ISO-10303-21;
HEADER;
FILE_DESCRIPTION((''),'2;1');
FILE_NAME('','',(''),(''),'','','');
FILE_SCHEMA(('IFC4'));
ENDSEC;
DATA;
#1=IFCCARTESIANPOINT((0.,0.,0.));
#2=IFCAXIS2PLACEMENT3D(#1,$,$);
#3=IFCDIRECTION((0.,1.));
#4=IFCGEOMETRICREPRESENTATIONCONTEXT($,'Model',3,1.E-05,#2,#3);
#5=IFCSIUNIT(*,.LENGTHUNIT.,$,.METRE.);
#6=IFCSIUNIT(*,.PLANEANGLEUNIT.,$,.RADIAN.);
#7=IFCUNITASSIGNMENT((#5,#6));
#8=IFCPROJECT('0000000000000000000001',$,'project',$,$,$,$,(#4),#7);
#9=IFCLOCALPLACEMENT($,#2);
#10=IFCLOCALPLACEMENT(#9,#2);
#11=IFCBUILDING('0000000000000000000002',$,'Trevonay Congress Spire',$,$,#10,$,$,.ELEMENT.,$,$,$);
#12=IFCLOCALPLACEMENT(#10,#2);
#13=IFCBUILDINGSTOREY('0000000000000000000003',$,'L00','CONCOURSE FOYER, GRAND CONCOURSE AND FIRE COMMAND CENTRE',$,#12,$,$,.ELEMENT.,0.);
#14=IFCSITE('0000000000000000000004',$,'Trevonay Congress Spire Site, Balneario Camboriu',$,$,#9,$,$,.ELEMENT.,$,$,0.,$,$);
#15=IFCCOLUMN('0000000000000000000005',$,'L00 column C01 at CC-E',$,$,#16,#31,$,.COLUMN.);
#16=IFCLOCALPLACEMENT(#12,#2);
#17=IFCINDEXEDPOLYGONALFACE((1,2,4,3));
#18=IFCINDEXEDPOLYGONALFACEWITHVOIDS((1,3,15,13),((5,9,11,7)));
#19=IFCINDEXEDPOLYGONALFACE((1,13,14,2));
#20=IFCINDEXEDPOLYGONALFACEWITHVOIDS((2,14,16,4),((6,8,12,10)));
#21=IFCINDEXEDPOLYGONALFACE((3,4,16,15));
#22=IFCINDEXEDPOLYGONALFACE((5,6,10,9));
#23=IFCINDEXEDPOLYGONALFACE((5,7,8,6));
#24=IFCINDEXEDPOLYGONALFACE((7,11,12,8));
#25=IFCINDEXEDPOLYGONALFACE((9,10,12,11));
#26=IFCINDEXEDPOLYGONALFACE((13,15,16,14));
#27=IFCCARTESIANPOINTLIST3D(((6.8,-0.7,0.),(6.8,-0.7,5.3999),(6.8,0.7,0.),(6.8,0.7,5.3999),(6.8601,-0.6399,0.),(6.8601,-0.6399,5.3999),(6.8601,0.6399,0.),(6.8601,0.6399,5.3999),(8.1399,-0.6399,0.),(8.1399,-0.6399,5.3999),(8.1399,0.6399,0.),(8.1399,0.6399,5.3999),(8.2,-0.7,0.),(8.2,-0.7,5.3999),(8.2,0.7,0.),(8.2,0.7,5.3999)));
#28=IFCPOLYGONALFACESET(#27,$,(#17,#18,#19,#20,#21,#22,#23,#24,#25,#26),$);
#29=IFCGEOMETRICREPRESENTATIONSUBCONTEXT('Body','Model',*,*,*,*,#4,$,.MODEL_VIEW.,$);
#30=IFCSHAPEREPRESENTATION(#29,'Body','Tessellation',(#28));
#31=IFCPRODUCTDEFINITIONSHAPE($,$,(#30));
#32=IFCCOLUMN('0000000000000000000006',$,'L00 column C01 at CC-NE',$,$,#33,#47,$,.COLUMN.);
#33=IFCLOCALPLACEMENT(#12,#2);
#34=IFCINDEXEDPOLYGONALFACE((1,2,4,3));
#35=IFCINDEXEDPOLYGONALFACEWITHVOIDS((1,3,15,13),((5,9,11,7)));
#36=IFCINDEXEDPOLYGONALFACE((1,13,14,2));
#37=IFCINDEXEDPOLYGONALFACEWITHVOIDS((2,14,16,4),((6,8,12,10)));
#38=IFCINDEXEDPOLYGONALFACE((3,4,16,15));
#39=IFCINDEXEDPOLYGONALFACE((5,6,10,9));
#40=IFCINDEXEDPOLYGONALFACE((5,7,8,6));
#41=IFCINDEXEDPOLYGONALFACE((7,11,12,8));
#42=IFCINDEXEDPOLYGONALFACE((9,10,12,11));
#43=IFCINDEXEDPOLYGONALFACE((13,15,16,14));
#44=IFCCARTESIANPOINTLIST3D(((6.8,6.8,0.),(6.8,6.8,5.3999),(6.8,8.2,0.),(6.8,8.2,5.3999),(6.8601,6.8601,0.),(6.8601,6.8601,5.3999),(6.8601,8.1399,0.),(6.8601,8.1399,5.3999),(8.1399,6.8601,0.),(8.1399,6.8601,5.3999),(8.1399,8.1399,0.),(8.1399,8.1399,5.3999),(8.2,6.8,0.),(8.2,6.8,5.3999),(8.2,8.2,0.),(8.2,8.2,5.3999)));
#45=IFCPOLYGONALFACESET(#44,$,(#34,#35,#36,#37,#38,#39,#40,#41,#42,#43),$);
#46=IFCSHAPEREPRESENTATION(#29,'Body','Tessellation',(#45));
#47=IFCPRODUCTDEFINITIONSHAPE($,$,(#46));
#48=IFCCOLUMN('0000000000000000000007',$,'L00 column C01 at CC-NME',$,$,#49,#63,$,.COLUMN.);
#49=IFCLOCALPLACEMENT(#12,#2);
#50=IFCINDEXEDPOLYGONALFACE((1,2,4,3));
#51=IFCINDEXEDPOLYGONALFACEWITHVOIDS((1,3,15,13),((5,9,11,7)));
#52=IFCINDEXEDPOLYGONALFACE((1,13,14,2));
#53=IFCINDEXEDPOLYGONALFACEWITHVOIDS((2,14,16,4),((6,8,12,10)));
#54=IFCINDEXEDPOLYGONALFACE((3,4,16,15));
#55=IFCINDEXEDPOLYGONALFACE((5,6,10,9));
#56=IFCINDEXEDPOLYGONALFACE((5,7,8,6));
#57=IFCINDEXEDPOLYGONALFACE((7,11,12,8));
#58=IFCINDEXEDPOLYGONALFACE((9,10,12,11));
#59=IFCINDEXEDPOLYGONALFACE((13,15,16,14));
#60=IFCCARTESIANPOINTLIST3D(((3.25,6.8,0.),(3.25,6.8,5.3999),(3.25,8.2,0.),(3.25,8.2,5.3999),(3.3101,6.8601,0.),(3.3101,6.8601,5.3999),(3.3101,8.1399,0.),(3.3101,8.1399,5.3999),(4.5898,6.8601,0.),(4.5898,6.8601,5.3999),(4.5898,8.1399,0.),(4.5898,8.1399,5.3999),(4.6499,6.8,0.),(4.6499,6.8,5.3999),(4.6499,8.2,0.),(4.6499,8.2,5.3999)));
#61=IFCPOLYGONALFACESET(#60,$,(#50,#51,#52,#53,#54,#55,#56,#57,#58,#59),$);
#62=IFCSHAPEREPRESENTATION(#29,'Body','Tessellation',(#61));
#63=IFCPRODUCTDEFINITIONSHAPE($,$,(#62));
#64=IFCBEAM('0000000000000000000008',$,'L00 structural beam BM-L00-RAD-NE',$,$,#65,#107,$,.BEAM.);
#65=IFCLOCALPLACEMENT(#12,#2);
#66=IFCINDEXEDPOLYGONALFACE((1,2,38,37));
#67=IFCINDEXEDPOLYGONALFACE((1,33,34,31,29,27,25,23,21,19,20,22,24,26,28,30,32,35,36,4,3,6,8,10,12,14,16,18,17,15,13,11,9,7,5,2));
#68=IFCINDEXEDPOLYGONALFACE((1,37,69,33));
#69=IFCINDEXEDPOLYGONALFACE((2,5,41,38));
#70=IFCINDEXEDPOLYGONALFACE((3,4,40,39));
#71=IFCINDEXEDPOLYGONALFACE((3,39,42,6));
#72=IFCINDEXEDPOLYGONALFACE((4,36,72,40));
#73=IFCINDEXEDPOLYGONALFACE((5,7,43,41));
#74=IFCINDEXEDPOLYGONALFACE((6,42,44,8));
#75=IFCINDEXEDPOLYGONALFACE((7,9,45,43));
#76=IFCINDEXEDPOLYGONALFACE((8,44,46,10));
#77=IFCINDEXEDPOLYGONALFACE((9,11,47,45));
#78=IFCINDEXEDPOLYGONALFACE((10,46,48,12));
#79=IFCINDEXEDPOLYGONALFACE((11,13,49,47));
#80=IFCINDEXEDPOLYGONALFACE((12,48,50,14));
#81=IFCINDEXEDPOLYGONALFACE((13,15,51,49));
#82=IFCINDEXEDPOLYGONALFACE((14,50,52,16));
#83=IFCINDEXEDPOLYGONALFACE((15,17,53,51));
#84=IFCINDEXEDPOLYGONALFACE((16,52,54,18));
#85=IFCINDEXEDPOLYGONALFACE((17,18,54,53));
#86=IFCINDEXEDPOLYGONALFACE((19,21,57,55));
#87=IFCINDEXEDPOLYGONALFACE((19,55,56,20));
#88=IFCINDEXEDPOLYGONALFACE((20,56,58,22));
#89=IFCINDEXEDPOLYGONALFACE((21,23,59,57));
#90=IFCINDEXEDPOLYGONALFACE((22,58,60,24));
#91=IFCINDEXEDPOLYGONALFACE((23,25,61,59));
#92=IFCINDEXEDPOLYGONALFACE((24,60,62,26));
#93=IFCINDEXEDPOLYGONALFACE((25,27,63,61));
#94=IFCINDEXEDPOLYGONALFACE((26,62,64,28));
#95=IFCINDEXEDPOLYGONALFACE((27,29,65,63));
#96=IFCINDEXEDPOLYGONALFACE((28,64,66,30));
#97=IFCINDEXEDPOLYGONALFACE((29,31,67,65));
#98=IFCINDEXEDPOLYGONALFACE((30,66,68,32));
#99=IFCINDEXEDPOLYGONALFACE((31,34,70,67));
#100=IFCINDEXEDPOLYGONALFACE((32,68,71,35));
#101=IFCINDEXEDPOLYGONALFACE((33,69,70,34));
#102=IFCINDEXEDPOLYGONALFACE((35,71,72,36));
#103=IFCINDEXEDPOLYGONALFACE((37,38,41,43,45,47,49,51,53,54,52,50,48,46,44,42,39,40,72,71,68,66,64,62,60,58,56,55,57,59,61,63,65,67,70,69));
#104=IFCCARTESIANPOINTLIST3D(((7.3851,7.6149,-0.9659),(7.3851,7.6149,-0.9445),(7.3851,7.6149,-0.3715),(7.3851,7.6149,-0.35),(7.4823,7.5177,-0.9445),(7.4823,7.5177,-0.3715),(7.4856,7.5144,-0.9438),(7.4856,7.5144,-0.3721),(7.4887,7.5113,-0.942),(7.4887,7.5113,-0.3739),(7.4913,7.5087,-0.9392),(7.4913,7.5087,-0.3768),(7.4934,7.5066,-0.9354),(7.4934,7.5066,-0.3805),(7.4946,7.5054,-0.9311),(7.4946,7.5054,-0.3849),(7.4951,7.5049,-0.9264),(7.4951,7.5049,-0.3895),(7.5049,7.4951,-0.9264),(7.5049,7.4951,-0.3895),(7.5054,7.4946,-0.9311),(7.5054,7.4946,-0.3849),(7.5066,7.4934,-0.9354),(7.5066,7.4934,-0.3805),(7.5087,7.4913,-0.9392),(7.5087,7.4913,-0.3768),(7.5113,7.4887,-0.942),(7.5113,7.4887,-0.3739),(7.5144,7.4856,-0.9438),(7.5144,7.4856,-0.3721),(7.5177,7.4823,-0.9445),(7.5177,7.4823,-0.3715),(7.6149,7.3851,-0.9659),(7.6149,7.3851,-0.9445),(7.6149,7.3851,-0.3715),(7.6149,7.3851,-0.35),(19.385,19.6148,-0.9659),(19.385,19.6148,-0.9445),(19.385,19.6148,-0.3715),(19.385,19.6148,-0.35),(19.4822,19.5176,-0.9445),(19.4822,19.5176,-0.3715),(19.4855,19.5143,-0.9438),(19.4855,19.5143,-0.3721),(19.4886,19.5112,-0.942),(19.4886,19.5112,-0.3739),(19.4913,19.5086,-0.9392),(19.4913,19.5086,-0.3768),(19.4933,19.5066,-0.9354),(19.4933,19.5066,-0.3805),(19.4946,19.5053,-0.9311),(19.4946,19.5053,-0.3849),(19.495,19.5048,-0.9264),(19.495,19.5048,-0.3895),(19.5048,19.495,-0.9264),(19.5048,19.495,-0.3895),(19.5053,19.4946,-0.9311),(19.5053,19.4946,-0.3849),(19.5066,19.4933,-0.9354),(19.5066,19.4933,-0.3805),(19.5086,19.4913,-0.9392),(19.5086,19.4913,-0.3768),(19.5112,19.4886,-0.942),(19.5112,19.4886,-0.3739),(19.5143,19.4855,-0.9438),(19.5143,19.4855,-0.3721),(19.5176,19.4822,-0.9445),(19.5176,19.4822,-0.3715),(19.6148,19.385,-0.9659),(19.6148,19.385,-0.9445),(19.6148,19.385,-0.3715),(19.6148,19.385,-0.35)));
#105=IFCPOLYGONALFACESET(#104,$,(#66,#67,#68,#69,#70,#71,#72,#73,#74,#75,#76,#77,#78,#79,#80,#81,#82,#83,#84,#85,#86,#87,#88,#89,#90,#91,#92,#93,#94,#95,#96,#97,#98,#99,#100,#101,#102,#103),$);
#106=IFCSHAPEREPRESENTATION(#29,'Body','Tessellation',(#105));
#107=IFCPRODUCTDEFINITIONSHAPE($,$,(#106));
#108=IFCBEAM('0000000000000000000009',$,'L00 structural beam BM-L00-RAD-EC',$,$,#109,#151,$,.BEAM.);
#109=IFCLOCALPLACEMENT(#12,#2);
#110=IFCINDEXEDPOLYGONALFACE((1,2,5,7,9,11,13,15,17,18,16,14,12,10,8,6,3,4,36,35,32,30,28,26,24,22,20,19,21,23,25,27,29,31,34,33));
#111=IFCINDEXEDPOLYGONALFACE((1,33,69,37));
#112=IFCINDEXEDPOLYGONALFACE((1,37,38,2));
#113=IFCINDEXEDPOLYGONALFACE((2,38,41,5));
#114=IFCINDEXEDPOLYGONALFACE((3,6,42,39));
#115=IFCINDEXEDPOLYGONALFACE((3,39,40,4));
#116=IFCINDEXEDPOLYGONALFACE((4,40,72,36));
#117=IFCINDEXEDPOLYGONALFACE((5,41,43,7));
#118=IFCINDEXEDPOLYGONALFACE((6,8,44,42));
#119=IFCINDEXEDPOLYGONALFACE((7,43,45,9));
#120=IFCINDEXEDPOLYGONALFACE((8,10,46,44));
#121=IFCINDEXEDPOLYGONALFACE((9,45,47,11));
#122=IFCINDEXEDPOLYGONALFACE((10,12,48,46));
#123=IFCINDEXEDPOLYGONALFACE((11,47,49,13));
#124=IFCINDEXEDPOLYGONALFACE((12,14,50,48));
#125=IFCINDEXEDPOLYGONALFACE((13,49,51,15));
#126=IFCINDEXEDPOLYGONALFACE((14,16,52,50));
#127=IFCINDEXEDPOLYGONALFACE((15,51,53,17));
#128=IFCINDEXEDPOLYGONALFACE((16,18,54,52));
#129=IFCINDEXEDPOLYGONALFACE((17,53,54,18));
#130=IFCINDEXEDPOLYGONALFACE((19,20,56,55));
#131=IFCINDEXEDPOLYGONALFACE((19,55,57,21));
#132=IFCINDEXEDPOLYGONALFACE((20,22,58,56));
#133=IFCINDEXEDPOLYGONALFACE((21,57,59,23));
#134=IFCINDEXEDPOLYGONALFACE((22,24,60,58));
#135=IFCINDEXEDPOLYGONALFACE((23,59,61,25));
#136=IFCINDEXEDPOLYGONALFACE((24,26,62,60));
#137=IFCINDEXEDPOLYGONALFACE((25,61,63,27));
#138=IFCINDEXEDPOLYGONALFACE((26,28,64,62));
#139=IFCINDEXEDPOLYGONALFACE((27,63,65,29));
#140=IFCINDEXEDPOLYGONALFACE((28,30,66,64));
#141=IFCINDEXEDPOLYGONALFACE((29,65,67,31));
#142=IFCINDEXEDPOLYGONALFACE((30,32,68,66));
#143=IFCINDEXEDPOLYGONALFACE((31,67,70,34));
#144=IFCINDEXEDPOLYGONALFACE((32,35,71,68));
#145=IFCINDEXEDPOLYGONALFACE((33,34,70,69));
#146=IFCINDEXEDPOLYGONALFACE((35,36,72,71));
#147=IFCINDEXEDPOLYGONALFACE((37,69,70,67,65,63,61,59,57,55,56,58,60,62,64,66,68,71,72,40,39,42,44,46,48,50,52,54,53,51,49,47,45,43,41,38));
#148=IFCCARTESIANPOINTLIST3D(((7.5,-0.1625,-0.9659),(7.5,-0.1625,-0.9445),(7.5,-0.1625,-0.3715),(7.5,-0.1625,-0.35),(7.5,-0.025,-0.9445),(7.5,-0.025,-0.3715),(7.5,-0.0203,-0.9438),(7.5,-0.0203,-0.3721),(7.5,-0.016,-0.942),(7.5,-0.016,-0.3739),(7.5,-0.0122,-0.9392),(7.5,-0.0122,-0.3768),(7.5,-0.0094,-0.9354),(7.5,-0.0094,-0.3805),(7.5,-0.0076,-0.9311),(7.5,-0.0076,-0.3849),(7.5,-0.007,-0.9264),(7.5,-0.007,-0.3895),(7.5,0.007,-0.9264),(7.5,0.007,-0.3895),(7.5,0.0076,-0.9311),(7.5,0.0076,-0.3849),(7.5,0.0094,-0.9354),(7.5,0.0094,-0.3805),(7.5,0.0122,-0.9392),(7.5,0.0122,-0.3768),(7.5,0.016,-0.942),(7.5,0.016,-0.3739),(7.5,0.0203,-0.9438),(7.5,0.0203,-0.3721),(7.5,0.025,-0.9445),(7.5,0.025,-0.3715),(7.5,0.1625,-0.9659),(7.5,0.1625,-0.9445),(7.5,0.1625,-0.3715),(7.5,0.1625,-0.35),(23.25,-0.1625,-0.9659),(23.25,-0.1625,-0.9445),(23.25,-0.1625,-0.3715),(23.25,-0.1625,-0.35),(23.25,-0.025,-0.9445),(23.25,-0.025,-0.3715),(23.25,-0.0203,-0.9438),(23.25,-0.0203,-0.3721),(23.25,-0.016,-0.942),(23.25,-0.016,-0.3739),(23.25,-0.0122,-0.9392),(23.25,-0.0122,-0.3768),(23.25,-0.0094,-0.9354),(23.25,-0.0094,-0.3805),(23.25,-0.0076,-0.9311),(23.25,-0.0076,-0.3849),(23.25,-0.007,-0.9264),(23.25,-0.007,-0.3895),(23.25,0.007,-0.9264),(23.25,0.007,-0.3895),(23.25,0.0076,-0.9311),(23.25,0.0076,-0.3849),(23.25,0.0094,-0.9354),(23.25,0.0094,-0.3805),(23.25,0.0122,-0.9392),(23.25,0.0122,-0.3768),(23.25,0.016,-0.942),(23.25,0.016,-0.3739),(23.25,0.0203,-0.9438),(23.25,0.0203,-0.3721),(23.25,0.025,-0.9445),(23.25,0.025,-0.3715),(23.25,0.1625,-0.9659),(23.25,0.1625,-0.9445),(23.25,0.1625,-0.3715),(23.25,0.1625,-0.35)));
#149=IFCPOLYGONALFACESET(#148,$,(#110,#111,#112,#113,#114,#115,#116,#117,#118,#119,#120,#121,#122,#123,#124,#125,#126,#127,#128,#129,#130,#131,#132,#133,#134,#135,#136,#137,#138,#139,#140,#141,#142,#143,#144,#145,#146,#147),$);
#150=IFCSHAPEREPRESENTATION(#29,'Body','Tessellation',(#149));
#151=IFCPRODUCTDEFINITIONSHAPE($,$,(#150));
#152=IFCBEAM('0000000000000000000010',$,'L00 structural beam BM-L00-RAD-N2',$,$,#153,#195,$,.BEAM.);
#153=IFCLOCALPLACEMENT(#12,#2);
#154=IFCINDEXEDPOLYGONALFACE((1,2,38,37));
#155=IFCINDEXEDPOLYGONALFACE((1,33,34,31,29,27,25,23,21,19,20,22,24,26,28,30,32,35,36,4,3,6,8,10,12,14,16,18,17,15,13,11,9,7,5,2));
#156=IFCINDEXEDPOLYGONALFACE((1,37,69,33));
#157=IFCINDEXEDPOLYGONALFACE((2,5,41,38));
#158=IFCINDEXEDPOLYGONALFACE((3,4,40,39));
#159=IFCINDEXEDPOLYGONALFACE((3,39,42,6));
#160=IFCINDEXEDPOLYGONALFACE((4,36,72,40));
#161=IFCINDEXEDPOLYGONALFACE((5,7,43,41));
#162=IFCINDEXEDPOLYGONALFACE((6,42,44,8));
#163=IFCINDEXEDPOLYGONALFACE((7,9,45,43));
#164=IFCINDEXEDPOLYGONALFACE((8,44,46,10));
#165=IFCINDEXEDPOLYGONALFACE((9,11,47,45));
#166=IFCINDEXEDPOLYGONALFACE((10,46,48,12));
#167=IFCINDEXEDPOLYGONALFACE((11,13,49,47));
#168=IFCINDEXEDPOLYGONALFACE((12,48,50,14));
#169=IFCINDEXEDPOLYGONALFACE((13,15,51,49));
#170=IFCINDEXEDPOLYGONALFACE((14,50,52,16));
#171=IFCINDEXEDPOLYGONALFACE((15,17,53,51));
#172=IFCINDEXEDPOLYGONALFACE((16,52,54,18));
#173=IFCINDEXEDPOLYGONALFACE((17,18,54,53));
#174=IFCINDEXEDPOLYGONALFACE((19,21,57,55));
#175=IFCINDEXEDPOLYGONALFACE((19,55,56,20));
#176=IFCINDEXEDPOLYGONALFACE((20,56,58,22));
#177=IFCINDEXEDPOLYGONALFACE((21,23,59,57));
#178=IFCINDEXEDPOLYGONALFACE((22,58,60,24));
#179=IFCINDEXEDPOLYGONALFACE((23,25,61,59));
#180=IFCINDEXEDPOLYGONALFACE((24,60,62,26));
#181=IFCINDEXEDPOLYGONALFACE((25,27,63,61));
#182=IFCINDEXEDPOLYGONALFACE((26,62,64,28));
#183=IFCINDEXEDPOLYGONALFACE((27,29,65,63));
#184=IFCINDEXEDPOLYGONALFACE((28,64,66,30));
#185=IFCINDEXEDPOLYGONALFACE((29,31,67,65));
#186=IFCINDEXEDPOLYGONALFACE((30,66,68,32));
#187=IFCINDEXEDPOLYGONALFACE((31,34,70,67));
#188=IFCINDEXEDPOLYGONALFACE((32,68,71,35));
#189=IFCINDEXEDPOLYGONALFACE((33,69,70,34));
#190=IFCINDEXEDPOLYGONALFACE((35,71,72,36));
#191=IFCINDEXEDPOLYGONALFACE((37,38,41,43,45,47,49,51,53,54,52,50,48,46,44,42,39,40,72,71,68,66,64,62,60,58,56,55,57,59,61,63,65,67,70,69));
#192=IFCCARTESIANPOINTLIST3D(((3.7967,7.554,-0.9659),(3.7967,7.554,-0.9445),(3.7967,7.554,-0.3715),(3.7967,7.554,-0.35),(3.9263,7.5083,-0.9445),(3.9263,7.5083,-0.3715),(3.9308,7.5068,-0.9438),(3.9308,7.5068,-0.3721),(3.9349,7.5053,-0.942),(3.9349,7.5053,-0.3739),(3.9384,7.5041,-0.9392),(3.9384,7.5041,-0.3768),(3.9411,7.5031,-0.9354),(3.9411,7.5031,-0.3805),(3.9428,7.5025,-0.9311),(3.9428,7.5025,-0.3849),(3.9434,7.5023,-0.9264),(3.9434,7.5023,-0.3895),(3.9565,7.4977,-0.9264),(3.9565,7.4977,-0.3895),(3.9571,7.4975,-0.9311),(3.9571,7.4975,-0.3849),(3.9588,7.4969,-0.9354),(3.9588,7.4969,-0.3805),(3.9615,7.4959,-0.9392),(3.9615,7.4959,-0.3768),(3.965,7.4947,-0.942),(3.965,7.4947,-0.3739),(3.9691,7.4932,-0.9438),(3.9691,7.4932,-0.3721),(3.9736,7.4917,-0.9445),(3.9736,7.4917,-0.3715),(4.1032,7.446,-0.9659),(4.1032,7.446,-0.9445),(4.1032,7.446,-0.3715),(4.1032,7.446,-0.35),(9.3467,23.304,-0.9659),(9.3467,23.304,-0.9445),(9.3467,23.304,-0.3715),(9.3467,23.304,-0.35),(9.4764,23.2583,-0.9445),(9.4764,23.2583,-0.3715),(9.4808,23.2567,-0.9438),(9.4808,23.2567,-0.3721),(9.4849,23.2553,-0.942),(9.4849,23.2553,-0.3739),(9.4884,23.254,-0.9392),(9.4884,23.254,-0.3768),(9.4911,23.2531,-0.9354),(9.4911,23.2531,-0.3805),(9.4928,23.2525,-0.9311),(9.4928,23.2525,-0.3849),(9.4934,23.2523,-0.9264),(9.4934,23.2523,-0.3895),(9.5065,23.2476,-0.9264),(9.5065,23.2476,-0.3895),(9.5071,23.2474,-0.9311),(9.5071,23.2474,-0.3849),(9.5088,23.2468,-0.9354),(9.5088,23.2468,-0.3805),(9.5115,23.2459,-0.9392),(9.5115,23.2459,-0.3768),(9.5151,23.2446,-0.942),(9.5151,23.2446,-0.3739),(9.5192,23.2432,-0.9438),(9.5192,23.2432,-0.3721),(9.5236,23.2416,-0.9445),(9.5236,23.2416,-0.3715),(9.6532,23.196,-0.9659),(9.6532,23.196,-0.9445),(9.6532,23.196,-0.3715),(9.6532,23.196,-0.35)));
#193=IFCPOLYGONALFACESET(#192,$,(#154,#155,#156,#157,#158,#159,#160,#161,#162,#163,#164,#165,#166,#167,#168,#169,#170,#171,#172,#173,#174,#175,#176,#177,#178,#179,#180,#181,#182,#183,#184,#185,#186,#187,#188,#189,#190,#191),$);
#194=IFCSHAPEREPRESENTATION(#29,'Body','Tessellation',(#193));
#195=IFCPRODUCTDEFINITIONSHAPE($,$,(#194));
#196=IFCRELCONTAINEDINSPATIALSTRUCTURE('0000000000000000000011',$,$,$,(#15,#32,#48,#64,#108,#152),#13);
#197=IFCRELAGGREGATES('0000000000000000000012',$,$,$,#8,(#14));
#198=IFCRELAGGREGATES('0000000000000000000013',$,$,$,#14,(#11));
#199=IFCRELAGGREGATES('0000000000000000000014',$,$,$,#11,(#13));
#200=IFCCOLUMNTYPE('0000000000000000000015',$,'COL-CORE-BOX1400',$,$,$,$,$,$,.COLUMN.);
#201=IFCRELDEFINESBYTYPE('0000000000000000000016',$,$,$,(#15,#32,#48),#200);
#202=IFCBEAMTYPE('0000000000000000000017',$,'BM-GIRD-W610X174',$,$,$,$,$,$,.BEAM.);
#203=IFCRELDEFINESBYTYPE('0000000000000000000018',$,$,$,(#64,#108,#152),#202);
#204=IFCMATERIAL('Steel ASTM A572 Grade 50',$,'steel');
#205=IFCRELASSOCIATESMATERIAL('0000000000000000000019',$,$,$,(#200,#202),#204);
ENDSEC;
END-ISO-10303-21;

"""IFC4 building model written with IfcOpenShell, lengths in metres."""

from ifc_helpers import new_model, si_unit, direction, frame, origin, origin_2d, place, context, subcontext, project, spatial, hollow_rectangle, i_section, extrude, material, material_profile, profile_set, type_object, element, save


model = new_model("IFC4")

# Units and contexts
model_context = context("Model", 3, precision=1e-05, world=origin(), true_north=direction((0.0, 1.0)))
body_context = subcontext(model_context, "Body", "Model", "MODEL_VIEW")
ifc_project = project(units=[si_unit("LENGTHUNIT", "METRE"), si_unit("PLANEANGLEUNIT", "RADIAN")], contexts=[model_context])

# Site, building, storey
site_placement = place(None, origin())
site = spatial("IfcSite", under=ifc_project, at=site_placement, Name="Trevonay Congress Spire Site, Balneario Camboriu", CompositionType="ELEMENT", RefElevation=0.0)
building_placement = place(site_placement, origin())
building = spatial("IfcBuilding", under=site, at=building_placement, Name="Trevonay Congress Spire", CompositionType="ELEMENT")
storey_placement = place(building_placement, origin())
storey = spatial("IfcBuildingStorey", under=building, at=storey_placement, Name="L00", Description="CONCOURSE FOYER, GRAND CONCOURSE AND FIRE COMMAND CENTRE", CompositionType="ELEMENT", Elevation=0.0)

# Columns
ifc_material_1 = material(Name="Steel ASTM A572 Grade 50", Category="steel")
ifc_material_profile_1 = material_profile(ifc_material_1, hollow_rectangle(XDim=1.3999, YDim=1.3999, WallThickness=0.0601, at=origin_2d()), Name="BOX 1400x1400x60")
ifc_profile_set_1 = profile_set([ifc_material_profile_1], Name="Steel ASTM A572 Grade 50")
column_type = type_object("IfcColumnType", Name="COL-CORE-BOX1400", PredefinedType="COLUMN", material=ifc_profile_set_1)
for number, where, z_axis, x_axis, name in (
    (1, (7.5, 0.0, 0.0), (0.0, 0.0, 1.0), (1.0, 0.0, 0.0), "L00 column C01 at CC-E"),
    (2, (7.5, 7.5, 0.0), (0.0, 0.0, 1.0), (1.0, 0.0, 0.0), "L00 column C01 at CC-NE"),
    (3, (3.95, 7.5, 0.0), (0.0, 0.0, 1.0), (1.0, 0.0, 0.0), "L00 column C01 at CC-NME"),
):
    element("IfcColumn", number, at=place(storey_placement, frame(where, z_axis=z_axis, x_axis=x_axis)), inside=storey, type_object=column_type, Name=name, PredefinedType="COLUMN", context=body_context, shape_type="SweptSolid", body=[
        extrude(hollow_rectangle(XDim=1.3999, YDim=1.3999, WallThickness=0.0601, at=origin_2d()), origin(), (0.0, 0.0, 1.0), 5.3999),
    ])

# Beams
ifc_material_profile_2 = material_profile(ifc_material_1, i_section(OverallWidth=0.325, OverallDepth=0.616, WebThickness=0.0139, FlangeThickness=0.0215, FilletRadius=0.0181, at=origin_2d()), Name="W610x174")
ifc_profile_set_2 = profile_set([ifc_material_profile_2], Name="Steel ASTM A572 Grade 50")
beam_type_1 = type_object("IfcBeamType", Name="BM-GIRD-W610X174", PredefinedType="BEAM", material=ifc_profile_set_2)
beam_1_placement = place(storey_placement, frame((7.5, 7.5, -0.658), z_axis=(0.707107, 0.707107, 0.0), x_axis=(-0.707107, 0.707107, 0.0)))
element("IfcBeam", 4, at=beam_1_placement, inside=storey, type_object=beam_type_1, Name="L00 structural beam BM-L00-RAD-NE", PredefinedType="BEAM", context=body_context, shape_type="SweptSolid", body=[
    extrude(i_section(OverallWidth=0.325, OverallDepth=0.616, WebThickness=0.0139, FlangeThickness=0.0215, FilletRadius=0.0181, at=origin_2d()), origin(), (0.0, 0.0, 1.0), 16.9705),
])
beam_2_placement = place(storey_placement, frame((7.5, 0.0, -0.658), z_axis=(1.0, 0.0, 0.0), x_axis=(0.0, 1.0, 0.0)))
element("IfcBeam", 5, at=beam_2_placement, inside=storey, type_object=beam_type_1, Name="L00 structural beam BM-L00-RAD-EC", PredefinedType="BEAM", context=body_context, shape_type="SweptSolid", body=[
    extrude(i_section(OverallWidth=0.325, OverallDepth=0.616, WebThickness=0.0139, FlangeThickness=0.0215, FilletRadius=0.0181, at=origin_2d()), origin(), (0.0, 0.0, 1.0), 15.75),
])
beam_3_placement = place(storey_placement, frame((3.95, 7.5, -0.658), z_axis=(0.332353, 0.943155, 0.0), x_axis=(-0.943155, 0.332353, 0.0)))
element("IfcBeam", 6, at=beam_3_placement, inside=storey, type_object=beam_type_1, Name="L00 structural beam BM-L00-RAD-N2", PredefinedType="BEAM", context=body_context, shape_type="SweptSolid", body=[
    extrude(i_section(OverallWidth=0.325, OverallDepth=0.616, WebThickness=0.0139, FlangeThickness=0.0215, FilletRadius=0.0181, at=origin_2d()), origin(), (0.0, 0.0, 1.0), 16.6992),
])

save(model, "model.ifc")
